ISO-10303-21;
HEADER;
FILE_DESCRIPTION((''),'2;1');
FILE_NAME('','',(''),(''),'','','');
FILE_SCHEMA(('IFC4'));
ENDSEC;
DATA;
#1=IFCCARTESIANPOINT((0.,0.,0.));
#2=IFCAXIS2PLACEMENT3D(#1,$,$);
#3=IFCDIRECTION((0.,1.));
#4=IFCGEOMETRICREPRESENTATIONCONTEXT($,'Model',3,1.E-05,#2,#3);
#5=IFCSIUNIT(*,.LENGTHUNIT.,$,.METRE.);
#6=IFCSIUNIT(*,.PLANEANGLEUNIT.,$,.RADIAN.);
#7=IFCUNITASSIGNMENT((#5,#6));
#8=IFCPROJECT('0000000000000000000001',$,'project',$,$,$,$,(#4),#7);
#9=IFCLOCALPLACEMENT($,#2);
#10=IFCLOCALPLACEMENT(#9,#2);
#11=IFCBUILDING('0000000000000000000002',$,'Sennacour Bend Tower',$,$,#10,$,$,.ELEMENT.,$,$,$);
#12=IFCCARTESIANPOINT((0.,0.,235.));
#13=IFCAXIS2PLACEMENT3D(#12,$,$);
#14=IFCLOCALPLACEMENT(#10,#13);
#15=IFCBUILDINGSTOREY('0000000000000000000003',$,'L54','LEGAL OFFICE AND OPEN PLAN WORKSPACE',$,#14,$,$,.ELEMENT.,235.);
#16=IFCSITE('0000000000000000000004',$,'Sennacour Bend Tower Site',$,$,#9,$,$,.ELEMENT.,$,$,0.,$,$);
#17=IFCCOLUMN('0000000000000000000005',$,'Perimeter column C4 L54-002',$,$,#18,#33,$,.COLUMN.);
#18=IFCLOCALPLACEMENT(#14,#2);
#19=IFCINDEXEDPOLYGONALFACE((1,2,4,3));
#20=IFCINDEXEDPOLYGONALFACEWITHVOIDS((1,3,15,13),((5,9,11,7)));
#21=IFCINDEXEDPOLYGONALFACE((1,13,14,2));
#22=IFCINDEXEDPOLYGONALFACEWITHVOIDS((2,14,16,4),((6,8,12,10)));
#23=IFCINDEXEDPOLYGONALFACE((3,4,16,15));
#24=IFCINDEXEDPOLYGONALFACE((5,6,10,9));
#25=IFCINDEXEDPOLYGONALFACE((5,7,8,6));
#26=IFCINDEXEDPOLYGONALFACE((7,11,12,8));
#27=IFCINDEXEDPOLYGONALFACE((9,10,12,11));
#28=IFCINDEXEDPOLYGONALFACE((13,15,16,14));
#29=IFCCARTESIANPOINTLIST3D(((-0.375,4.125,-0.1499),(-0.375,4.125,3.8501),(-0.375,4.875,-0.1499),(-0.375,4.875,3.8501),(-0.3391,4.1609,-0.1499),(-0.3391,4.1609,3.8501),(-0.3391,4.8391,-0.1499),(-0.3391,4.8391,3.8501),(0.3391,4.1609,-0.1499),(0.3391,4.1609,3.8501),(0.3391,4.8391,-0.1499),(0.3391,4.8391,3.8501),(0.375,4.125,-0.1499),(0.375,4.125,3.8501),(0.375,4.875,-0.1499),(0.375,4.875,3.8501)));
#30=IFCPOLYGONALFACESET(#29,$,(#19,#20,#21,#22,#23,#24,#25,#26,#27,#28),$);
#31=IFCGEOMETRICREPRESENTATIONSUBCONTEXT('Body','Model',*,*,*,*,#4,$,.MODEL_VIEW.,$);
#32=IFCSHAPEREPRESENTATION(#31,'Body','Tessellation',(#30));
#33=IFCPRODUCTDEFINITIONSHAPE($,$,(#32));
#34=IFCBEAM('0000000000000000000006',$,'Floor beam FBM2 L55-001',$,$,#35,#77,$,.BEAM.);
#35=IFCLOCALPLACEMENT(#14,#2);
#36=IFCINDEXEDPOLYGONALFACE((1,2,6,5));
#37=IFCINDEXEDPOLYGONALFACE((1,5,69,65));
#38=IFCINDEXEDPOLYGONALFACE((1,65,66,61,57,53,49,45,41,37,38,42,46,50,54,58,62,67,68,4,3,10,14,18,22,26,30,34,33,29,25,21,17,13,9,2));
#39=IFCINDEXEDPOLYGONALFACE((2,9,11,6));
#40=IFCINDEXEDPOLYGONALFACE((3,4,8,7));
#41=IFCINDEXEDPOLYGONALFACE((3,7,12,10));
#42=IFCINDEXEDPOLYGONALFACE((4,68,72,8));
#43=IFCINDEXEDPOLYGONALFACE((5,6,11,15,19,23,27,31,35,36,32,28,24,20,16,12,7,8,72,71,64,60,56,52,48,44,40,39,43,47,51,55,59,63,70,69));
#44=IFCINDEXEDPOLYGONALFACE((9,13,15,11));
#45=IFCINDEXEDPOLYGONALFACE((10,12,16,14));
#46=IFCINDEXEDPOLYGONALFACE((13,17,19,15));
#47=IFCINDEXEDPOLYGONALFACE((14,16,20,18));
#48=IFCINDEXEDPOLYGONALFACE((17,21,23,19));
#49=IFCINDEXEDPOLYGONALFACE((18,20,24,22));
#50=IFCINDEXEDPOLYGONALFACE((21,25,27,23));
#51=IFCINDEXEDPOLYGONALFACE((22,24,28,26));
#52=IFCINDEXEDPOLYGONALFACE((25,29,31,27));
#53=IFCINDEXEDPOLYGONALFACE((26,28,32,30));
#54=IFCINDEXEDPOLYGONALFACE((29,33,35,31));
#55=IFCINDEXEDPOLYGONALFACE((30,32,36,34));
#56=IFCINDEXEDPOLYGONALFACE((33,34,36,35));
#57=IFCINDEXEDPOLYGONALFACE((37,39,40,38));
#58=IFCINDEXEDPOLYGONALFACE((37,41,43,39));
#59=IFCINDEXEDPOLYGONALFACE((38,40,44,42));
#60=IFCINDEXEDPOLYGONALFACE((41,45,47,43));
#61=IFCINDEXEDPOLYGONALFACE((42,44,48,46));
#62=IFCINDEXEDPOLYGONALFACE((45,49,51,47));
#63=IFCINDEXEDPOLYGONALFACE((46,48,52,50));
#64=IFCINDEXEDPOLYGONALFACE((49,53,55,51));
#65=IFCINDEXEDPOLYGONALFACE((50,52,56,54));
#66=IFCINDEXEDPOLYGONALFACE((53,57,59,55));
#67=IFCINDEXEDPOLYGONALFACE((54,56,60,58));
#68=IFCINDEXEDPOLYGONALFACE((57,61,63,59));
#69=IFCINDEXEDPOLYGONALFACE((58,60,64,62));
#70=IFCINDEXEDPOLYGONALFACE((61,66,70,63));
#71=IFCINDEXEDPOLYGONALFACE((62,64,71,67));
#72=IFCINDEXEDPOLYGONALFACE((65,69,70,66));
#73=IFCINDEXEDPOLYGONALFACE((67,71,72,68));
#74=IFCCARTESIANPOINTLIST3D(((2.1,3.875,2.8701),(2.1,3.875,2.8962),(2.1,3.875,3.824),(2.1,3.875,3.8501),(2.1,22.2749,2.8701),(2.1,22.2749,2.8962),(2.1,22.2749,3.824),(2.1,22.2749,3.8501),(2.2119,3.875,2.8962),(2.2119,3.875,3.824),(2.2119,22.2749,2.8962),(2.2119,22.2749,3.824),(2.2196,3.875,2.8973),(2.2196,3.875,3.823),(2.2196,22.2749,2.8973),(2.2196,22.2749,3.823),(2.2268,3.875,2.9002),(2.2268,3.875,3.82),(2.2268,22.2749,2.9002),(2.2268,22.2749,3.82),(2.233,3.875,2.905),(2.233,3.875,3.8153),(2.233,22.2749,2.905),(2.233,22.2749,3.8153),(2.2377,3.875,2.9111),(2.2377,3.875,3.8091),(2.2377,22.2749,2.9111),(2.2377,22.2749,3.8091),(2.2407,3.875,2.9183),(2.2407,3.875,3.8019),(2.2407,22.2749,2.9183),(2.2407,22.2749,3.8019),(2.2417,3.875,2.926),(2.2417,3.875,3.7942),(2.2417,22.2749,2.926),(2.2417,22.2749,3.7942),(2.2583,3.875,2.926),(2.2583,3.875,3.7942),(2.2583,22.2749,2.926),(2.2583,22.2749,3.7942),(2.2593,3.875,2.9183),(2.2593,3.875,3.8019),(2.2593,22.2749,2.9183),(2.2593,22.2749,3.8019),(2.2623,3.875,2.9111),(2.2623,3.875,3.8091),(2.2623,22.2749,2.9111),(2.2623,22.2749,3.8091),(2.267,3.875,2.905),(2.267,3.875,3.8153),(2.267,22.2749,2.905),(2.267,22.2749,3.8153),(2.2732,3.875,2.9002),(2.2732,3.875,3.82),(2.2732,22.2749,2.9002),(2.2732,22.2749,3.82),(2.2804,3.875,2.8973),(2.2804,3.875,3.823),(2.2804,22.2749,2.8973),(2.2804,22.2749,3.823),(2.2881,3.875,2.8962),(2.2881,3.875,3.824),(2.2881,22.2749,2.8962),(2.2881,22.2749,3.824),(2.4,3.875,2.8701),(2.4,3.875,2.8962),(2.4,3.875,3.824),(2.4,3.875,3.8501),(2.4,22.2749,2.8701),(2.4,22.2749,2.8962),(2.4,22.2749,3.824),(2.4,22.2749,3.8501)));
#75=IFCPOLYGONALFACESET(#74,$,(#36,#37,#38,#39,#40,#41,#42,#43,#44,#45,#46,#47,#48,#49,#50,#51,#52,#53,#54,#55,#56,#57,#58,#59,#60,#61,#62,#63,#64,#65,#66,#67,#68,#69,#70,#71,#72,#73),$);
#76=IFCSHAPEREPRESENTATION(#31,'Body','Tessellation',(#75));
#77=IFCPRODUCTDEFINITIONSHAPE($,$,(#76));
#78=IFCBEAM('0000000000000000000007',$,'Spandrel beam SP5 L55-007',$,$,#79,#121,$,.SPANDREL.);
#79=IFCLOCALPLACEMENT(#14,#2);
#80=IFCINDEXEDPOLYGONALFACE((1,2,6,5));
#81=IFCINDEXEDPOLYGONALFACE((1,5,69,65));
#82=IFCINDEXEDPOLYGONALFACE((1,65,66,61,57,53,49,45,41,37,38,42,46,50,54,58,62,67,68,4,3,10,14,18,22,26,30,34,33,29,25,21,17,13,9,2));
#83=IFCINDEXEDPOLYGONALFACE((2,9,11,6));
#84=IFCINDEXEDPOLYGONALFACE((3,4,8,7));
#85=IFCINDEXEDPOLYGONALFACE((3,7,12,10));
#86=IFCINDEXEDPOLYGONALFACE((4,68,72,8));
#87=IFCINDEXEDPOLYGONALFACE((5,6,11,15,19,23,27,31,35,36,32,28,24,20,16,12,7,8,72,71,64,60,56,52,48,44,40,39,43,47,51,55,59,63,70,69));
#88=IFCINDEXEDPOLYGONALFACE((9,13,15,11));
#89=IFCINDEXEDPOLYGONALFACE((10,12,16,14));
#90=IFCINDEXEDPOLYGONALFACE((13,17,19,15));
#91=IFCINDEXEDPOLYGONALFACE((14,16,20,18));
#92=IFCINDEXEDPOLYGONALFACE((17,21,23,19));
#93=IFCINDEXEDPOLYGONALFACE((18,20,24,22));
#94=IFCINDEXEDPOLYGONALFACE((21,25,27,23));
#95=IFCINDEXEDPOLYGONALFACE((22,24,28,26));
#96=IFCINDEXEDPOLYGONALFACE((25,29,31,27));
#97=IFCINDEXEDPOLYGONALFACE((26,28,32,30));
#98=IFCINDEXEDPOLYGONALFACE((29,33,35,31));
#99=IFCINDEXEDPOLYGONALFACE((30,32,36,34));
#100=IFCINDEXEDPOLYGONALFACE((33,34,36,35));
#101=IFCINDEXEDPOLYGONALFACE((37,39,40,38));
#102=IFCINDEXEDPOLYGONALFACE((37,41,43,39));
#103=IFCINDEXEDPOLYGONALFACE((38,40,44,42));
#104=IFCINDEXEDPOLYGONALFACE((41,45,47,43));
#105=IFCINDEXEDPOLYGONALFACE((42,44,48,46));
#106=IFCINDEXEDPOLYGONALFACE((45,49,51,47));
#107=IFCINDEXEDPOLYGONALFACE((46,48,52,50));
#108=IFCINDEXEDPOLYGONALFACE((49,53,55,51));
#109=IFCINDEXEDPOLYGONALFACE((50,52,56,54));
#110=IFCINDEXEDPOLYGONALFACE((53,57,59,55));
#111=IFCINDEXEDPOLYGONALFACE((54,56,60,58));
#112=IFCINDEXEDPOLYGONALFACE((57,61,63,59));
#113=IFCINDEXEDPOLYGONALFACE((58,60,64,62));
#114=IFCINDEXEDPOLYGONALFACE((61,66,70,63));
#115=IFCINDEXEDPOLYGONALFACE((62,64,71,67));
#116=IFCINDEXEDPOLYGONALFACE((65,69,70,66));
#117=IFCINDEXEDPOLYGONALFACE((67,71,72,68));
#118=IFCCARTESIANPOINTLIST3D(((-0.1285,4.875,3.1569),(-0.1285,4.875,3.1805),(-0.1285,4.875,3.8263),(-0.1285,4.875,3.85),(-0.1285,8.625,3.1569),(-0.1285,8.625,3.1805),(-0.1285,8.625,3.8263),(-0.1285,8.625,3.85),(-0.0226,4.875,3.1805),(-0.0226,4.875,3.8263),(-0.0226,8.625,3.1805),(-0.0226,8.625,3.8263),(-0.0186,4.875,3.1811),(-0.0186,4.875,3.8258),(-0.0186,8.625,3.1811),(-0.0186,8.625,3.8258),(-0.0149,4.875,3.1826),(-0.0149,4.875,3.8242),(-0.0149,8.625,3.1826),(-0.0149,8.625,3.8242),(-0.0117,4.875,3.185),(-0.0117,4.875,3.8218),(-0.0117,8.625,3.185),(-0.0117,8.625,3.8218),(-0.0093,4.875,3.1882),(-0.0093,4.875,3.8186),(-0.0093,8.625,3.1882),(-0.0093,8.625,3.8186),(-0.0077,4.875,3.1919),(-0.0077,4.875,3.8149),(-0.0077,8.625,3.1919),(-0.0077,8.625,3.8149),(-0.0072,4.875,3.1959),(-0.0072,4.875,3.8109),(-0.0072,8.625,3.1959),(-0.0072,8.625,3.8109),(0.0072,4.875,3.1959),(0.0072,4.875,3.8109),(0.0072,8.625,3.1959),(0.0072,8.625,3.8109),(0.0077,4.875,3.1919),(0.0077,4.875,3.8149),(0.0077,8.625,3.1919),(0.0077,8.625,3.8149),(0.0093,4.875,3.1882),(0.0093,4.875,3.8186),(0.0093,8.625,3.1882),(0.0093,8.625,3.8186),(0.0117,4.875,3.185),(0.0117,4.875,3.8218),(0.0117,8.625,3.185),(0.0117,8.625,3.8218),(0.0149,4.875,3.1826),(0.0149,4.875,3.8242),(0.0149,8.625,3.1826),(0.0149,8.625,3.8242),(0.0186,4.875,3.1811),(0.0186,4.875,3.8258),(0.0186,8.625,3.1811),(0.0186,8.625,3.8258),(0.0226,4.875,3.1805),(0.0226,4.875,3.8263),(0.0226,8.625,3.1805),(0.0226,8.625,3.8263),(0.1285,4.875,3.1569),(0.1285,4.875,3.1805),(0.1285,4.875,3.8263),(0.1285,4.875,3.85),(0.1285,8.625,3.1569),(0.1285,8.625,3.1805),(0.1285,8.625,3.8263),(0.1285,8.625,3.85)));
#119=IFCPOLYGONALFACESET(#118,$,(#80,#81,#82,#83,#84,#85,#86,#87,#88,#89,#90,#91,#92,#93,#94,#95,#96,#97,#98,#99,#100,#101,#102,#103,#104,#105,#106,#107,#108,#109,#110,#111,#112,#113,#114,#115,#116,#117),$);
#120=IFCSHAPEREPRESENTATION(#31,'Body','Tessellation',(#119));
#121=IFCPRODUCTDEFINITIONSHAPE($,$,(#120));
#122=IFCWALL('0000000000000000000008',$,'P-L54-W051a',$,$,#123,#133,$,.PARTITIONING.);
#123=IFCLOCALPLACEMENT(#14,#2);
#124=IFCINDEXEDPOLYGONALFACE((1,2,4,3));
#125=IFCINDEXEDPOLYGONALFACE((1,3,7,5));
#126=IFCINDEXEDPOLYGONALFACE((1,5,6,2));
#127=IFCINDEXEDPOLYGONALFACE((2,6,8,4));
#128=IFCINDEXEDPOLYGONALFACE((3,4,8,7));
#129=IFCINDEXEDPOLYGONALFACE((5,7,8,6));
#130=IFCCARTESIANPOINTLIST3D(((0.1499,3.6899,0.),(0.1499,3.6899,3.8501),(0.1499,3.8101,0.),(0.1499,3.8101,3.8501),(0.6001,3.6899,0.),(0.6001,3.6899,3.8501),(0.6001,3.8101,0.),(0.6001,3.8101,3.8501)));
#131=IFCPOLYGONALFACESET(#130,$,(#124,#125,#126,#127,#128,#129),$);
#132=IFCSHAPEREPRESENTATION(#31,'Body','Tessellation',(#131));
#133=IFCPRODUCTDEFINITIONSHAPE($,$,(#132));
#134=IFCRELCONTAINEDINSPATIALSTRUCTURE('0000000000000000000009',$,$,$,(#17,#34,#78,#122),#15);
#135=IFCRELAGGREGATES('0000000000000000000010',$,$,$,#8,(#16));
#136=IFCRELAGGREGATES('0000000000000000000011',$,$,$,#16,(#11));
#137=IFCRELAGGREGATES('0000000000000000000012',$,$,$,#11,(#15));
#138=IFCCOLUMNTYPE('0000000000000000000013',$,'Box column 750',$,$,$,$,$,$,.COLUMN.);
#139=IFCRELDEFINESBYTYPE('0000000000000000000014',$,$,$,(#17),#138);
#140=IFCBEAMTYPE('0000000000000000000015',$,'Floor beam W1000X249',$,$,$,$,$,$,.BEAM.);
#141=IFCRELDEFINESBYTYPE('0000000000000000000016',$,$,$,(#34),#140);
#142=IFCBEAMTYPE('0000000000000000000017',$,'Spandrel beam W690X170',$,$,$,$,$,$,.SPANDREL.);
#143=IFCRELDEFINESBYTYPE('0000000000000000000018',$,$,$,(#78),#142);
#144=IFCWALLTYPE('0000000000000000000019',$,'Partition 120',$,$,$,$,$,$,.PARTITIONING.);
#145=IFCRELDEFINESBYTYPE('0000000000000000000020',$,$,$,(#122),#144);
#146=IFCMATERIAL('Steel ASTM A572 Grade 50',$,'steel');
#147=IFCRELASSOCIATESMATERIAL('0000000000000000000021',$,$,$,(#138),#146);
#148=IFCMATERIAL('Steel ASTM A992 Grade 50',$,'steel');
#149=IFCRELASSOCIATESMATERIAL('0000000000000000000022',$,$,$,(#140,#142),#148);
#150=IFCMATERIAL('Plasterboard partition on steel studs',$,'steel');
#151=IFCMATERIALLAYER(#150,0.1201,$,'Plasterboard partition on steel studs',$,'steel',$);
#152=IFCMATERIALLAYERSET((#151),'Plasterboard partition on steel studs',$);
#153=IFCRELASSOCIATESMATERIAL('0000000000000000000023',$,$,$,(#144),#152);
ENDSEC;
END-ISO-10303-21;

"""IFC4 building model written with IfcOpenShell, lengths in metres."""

from ifc_helpers import new_model, si_unit, direction, frame, frame_2d, origin, origin_2d, place, context, subcontext, project, spatial, rectangle, hollow_rectangle, i_section, extrude, material, layer, layer_set, material_profile, profile_set, type_object, element, save


model = new_model("IFC4")

# Units and contexts
model_context = context("Model", 3, precision=1e-05, world=origin(), true_north=direction((0.0, 1.0)))
body_context = subcontext(model_context, "Body", "Model", "MODEL_VIEW")
ifc_project = project(units=[si_unit("LENGTHUNIT", "METRE"), si_unit("PLANEANGLEUNIT", "RADIAN")], contexts=[model_context])

# Site, building, storey
site_placement = place(None, origin())
site = spatial("IfcSite", under=ifc_project, at=site_placement, Name="Sennacour Bend Tower Site", CompositionType="ELEMENT", RefElevation=0.0)
building_placement = place(site_placement, origin())
building = spatial("IfcBuilding", under=site, at=building_placement, Name="Sennacour Bend Tower", CompositionType="ELEMENT")
storey_placement = place(building_placement, frame((0.0, 0.0, 235.0)))
storey = spatial("IfcBuildingStorey", under=building, at=storey_placement, Name="L54", Description="LEGAL OFFICE AND OPEN PLAN WORKSPACE", CompositionType="ELEMENT", Elevation=235.0)

# Column
ifc_material_1 = material(Name="Steel ASTM A572 Grade 50", Category="steel")
ifc_material_profile_1 = material_profile(ifc_material_1, hollow_rectangle(XDim=0.75, YDim=0.75, WallThickness=0.0359, at=origin_2d()), Name="Steel ASTM A572 Grade 50", Category="steel")
ifc_profile_set_1 = profile_set([ifc_material_profile_1], Name="Steel ASTM A572 Grade 50")
column_type = type_object("IfcColumnType", Name="Box column 750", PredefinedType="COLUMN", material=ifc_profile_set_1)
column_placement = place(storey_placement, frame((0.0, 4.5, -0.1499), z_axis=(0.0, 0.0, 1.0), x_axis=(1.0, 0.0, 0.0)))
element("IfcColumn", 1, at=column_placement, inside=storey, type_object=column_type, Name="Perimeter column C4 L54-002", PredefinedType="COLUMN", context=body_context, shape_type="SweptSolid", body=[
    extrude(hollow_rectangle(XDim=0.75, YDim=0.75, WallThickness=0.0359, at=origin_2d()), origin(), (0.0, 0.0, 1.0), 4.0),
])

# Beams
ifc_material_2 = material(Name="Steel ASTM A992 Grade 50", Category="steel")
ifc_material_profile_2 = material_profile(ifc_material_2, i_section(OverallWidth=0.3, OverallDepth=0.98, WebThickness=0.0166, FlangeThickness=0.0261, FilletRadius=0.0298, at=origin_2d()), Name="Steel ASTM A992 Grade 50", Category="steel")
ifc_profile_set_2 = profile_set([ifc_material_profile_2], Name="Steel ASTM A992 Grade 50")
beam_type_1 = type_object("IfcBeamType", Name="Floor beam W1000X249", PredefinedType="BEAM", material=ifc_profile_set_2)
beam_1_placement = place(storey_placement, frame((2.25, 3.875, 3.3601), z_axis=(0.0, 1.0, 0.0), x_axis=(-1.0, 0.0, 0.0)))
element("IfcBeam", 2, at=beam_1_placement, inside=storey, type_object=beam_type_1, Name="Floor beam FBM2 L55-001", PredefinedType="BEAM", context=body_context, shape_type="SweptSolid", body=[
    extrude(i_section(OverallWidth=0.3, OverallDepth=0.98, WebThickness=0.0166, FlangeThickness=0.0261, FilletRadius=0.0298, at=origin_2d()), origin(), (0.0, 0.0, 1.0), 18.3999),
])
ifc_material_profile_3 = material_profile(ifc_material_2, i_section(OverallWidth=0.2571, OverallDepth=0.6931, WebThickness=0.0144, FlangeThickness=0.0237, FilletRadius=0.0154, at=origin_2d()), Name="Steel ASTM A992 Grade 50", Category="steel")
ifc_profile_set_3 = profile_set([ifc_material_profile_3], Name="Steel ASTM A992 Grade 50")
beam_type_2 = type_object("IfcBeamType", Name="Spandrel beam W690X170", PredefinedType="SPANDREL", material=ifc_profile_set_3)
beam_2_placement = place(storey_placement, frame((0.0, 4.875, 3.5034), z_axis=(0.0, 1.0, 0.0), x_axis=(-1.0, 0.0, 0.0)))
element("IfcBeam", 3, at=beam_2_placement, inside=storey, type_object=beam_type_2, Name="Spandrel beam SP5 L55-007", PredefinedType="SPANDREL", context=body_context, shape_type="SweptSolid", body=[
    extrude(i_section(OverallWidth=0.2571, OverallDepth=0.6931, WebThickness=0.0144, FlangeThickness=0.0237, FilletRadius=0.0154, at=origin_2d()), origin(), (0.0, 0.0, 1.0), 3.75),
])

# Wall
ifc_material_3 = material(Name="Plasterboard partition on steel studs", Category="steel")
ifc_layer_1 = layer(ifc_material_3, 0.1201, Name="Plasterboard partition on steel studs", Category="steel")
ifc_layer_set_1 = layer_set([ifc_layer_1], Name="Plasterboard partition on steel studs")
wall_type_1 = type_object("IfcWallType", Name="Partition 120", PredefinedType="PARTITIONING", material=ifc_layer_set_1)
wall_1_placement = place(storey_placement, frame((0.1499, 3.75, 0.0), z_axis=(0.0, 0.0, 1.0), x_axis=(1.0, 0.0, 0.0)))
element("IfcWall", 4, at=wall_1_placement, inside=storey, type_object=wall_type_1, Name="P-L54-W051a", PredefinedType="PARTITIONING", context=body_context, shape_type="SweptSolid", body=[
    extrude(rectangle(XDim=0.4502, YDim=0.1201, at=frame_2d((0.2251, 0.0))), origin(), (0.0, 0.0, 1.0), 3.8501),
])

save(model, "model.ifc")
